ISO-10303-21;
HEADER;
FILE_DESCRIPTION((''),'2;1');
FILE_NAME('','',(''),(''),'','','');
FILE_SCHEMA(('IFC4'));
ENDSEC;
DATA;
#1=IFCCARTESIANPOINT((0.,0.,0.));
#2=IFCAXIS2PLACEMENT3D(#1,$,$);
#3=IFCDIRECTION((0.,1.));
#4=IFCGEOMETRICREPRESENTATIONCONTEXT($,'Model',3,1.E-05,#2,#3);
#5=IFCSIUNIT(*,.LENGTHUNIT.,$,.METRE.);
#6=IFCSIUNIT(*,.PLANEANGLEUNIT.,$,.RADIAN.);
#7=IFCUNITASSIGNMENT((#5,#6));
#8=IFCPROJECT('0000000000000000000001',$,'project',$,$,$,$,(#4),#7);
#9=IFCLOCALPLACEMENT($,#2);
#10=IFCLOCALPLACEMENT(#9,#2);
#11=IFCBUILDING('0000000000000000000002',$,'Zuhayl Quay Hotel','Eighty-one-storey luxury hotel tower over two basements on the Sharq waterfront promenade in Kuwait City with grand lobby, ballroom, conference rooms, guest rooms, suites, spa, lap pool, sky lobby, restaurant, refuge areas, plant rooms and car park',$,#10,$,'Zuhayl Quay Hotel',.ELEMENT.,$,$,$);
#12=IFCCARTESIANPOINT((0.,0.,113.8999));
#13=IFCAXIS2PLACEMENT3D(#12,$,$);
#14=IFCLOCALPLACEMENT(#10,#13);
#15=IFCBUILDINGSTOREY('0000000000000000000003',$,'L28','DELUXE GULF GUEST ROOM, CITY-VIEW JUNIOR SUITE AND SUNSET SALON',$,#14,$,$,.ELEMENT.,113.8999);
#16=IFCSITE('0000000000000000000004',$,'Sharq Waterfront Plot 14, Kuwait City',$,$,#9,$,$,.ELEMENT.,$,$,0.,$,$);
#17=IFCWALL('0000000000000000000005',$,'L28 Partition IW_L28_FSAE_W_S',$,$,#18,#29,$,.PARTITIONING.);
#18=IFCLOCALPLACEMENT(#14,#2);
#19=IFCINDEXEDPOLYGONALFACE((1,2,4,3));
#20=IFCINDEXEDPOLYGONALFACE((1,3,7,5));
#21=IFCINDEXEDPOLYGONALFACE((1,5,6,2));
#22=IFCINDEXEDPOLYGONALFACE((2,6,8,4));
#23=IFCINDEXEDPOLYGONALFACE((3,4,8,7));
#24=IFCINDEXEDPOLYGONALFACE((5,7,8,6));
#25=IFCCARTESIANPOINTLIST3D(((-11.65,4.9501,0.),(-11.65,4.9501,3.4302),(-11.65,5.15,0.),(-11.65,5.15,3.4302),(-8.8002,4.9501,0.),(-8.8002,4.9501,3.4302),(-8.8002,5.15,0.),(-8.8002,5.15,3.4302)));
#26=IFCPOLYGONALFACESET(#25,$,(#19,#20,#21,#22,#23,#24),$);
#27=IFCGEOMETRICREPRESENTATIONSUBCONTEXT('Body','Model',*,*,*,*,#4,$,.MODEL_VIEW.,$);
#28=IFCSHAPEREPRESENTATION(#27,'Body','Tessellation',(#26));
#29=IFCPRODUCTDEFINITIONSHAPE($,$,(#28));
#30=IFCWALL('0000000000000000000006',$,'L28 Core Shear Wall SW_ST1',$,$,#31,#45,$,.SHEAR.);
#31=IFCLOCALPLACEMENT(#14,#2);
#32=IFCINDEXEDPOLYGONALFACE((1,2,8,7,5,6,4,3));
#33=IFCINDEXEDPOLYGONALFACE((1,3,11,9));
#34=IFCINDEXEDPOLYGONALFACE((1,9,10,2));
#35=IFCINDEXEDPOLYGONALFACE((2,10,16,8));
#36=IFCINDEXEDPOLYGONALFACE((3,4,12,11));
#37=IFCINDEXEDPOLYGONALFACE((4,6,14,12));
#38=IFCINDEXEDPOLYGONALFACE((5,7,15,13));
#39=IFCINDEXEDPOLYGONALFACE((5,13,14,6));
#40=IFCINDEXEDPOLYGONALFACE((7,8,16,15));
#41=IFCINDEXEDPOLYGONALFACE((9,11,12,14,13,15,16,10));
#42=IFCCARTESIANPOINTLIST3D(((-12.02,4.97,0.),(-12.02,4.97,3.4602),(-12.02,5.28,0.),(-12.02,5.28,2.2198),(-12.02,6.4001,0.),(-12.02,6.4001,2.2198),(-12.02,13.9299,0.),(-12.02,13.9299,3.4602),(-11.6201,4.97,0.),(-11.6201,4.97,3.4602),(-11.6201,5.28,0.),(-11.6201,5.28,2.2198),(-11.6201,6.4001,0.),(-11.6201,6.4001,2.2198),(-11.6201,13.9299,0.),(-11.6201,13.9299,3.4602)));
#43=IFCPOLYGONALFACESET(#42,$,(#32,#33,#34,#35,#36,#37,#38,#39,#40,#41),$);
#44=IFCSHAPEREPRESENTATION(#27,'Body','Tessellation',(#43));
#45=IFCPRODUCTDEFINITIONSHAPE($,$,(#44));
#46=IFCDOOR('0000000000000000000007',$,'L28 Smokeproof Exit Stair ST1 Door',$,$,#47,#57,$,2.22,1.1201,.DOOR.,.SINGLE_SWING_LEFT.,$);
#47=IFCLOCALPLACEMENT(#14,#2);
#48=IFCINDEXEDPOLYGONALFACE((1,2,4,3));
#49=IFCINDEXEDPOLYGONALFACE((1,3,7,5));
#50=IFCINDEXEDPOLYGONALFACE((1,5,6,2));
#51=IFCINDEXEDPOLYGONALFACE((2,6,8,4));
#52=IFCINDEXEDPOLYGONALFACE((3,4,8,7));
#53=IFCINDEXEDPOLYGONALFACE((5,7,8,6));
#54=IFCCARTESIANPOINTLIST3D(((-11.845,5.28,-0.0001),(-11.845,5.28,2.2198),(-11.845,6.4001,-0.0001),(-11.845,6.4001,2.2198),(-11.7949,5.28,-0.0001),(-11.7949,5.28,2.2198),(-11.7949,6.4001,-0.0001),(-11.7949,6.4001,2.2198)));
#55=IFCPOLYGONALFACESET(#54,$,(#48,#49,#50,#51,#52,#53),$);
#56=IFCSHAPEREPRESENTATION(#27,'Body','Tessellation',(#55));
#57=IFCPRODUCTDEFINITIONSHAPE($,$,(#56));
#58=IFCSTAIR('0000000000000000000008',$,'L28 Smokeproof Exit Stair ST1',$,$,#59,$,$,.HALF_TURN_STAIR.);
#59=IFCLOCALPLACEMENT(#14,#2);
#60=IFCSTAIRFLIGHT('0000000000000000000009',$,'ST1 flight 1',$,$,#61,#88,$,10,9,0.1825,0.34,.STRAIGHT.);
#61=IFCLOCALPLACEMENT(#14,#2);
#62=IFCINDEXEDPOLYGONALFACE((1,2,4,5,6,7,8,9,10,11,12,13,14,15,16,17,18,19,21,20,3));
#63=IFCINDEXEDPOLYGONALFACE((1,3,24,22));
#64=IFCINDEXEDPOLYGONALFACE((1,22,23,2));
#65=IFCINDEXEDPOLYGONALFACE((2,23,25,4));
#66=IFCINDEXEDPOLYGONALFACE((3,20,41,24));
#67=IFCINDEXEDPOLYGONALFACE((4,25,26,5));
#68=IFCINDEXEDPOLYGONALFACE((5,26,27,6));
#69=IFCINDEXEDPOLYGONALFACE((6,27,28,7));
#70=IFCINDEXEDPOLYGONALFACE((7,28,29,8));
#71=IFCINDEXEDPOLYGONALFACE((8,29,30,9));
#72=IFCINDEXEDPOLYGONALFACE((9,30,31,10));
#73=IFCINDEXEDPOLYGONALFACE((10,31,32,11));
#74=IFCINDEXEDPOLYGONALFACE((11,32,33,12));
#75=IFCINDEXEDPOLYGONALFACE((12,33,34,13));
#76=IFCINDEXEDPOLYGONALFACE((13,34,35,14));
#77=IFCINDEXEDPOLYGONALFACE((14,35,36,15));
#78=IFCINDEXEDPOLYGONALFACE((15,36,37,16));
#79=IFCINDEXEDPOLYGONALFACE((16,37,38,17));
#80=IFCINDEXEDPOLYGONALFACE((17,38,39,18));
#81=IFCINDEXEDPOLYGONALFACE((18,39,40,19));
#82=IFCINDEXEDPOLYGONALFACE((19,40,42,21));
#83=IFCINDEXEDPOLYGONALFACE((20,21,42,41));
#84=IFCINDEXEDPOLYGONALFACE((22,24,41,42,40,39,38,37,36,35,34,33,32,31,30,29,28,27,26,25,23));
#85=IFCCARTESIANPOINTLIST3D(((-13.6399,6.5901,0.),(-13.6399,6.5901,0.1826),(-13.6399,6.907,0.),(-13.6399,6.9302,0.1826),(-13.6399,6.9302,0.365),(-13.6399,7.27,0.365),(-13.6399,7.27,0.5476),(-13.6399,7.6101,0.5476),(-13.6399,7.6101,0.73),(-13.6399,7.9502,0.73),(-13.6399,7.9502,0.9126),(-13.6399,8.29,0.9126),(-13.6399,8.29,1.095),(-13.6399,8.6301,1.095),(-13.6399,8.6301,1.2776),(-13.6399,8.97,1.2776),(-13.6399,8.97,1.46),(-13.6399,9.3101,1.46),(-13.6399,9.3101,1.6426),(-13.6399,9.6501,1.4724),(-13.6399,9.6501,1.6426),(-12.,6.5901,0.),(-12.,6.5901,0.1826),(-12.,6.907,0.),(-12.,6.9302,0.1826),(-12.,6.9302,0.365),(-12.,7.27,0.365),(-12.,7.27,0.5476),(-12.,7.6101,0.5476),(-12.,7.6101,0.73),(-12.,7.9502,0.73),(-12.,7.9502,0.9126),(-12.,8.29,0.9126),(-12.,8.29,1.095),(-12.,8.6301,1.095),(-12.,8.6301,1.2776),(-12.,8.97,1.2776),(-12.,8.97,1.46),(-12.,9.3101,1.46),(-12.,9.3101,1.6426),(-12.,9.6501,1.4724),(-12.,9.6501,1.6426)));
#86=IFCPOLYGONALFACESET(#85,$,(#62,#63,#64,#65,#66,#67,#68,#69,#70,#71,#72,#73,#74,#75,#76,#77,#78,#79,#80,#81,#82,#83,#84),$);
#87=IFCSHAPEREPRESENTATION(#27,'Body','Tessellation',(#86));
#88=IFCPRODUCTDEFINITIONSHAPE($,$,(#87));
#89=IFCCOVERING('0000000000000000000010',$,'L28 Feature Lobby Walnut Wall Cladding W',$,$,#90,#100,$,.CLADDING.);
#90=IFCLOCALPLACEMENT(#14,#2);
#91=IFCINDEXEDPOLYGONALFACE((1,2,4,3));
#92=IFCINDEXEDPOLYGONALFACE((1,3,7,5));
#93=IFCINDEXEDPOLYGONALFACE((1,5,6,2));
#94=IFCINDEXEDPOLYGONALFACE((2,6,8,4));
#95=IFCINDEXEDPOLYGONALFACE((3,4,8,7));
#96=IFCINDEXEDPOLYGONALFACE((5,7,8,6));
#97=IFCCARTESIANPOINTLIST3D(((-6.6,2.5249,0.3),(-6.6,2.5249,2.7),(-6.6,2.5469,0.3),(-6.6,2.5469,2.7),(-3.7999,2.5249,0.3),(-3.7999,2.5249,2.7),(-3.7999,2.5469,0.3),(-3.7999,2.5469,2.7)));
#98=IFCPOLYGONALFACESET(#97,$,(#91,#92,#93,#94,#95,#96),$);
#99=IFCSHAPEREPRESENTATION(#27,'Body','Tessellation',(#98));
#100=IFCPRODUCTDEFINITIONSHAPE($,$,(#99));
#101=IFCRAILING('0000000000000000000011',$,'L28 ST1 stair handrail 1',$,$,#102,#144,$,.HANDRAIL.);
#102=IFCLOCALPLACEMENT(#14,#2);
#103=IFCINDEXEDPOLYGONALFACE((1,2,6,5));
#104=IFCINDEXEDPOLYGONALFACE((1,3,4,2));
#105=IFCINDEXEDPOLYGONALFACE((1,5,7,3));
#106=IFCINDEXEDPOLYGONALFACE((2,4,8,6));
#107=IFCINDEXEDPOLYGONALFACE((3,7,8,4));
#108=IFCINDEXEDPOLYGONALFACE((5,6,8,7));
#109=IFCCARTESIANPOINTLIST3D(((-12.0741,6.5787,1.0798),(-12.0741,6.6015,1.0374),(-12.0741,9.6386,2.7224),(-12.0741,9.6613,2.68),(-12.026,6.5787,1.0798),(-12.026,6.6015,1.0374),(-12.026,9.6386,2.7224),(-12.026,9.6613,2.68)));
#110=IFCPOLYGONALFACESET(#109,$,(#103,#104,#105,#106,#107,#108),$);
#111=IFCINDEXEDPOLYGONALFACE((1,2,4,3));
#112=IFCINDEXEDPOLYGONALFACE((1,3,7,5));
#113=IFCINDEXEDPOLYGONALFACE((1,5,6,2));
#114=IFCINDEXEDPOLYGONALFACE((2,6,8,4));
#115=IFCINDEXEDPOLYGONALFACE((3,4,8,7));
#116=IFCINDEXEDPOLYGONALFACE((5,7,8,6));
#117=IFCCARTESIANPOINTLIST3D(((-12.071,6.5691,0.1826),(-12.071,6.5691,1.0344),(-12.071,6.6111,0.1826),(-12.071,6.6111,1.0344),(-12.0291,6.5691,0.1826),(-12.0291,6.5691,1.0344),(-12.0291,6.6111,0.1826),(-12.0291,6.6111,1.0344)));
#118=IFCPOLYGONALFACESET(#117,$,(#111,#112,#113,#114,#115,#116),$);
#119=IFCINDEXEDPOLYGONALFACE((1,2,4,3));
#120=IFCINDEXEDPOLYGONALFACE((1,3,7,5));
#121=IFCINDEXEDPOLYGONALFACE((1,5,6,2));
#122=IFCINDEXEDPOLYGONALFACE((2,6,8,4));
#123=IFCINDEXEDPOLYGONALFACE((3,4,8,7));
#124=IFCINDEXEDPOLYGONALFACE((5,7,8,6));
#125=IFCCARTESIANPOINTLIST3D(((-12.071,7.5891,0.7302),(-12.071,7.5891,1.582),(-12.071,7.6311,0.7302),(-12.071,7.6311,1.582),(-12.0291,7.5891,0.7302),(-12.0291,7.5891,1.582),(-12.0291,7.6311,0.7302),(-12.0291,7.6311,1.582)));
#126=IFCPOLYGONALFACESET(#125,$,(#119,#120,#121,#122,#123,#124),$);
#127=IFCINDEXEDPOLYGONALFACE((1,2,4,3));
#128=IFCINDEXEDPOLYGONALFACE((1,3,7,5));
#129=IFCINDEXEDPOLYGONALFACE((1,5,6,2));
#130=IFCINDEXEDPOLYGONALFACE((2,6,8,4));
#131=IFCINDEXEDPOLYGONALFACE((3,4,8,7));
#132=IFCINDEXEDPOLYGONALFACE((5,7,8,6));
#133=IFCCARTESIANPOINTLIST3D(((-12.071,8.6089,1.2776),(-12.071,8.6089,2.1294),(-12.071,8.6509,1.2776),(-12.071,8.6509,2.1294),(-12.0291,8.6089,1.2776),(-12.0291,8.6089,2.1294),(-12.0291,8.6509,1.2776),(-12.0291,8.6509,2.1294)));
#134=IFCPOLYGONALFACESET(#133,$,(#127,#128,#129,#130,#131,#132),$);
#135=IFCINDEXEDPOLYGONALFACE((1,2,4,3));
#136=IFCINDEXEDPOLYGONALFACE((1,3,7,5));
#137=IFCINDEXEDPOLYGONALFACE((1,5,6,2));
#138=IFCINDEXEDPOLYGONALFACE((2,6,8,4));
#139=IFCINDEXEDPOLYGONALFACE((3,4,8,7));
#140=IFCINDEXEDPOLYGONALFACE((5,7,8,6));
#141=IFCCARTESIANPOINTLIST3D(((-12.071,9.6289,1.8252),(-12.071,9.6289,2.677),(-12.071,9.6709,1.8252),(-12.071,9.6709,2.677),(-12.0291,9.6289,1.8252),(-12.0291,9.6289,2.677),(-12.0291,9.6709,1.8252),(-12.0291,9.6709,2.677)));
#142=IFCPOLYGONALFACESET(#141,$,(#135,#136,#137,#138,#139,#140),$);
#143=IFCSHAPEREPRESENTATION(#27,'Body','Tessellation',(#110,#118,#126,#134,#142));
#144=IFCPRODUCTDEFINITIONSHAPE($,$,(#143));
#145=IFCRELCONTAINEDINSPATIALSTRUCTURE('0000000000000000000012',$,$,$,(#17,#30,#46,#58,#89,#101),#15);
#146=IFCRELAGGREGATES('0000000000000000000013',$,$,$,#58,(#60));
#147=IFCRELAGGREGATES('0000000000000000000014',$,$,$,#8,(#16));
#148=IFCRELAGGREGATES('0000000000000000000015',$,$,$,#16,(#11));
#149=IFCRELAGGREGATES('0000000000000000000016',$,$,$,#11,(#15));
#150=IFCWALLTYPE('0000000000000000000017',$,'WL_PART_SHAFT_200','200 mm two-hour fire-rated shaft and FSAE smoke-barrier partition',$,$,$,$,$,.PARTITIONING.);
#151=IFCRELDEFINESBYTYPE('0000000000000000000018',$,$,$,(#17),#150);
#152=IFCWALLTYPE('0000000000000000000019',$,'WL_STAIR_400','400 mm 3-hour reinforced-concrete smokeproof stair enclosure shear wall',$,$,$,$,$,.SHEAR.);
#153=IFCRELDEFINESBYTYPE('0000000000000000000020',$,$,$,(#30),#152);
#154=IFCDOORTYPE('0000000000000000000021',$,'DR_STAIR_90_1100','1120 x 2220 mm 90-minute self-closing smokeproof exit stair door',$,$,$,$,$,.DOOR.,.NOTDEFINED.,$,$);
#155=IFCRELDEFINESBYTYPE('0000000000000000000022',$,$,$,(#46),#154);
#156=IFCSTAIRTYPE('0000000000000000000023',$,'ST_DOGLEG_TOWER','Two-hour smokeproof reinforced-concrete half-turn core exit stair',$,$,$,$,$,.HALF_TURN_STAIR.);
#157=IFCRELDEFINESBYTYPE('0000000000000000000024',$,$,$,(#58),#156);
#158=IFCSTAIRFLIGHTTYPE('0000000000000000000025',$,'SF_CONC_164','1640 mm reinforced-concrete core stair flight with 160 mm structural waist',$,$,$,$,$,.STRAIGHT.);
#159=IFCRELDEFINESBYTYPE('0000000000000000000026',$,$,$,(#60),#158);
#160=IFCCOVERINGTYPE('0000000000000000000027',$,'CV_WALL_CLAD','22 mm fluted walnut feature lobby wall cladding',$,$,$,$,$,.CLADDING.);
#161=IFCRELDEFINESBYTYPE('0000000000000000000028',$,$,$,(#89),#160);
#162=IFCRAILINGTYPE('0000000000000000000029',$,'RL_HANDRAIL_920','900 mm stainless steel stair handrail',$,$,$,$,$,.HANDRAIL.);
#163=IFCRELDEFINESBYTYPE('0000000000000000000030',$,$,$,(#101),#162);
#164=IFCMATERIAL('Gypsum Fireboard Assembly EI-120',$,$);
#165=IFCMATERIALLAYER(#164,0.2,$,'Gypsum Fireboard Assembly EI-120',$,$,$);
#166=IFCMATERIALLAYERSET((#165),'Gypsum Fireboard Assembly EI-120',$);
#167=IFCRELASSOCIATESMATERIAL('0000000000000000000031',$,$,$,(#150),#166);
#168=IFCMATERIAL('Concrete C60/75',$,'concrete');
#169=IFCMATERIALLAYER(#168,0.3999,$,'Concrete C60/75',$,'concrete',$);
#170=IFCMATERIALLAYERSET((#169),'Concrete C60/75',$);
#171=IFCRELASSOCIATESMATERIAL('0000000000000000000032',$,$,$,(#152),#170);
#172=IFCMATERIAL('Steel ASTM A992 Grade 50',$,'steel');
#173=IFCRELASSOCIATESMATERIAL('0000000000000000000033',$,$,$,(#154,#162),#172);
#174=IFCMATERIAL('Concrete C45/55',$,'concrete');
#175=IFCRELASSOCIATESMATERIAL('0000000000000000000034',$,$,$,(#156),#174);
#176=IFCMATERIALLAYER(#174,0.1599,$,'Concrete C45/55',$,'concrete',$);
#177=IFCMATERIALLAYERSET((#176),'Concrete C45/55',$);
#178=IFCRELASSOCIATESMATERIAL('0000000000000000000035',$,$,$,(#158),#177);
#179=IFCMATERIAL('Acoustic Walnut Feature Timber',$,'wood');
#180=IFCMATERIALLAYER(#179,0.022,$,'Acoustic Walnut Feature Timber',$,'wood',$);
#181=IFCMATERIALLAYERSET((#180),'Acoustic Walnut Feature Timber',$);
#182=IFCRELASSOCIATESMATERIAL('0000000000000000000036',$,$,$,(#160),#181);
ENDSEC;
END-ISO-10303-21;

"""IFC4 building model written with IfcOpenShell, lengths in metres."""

from ifc_helpers import new_model, si_unit, direction, frame, frame_2d, origin, origin_2d, place, context, subcontext, project, spatial, polyline, rectangle, outline, extrude, material, layer, layer_set, type_object, element, fill, aggregate, save


model = new_model("IFC4")

# Units and contexts
model_context = context("Model", 3, precision=1e-05, world=origin(), true_north=direction((0.0, 1.0)))
body_context = subcontext(model_context, "Body", "Model", "MODEL_VIEW")
ifc_project = project(units=[si_unit("LENGTHUNIT", "METRE"), si_unit("PLANEANGLEUNIT", "RADIAN")], contexts=[model_context])

# Site, building, storey
site_placement = place(None, origin())
site = spatial("IfcSite", under=ifc_project, at=site_placement, Name="Sharq Waterfront Plot 14, Kuwait City", CompositionType="ELEMENT", RefElevation=0.0)
building_placement = place(site_placement, origin())
building = spatial("IfcBuilding", under=site, at=building_placement, Name="Zuhayl Quay Hotel", Description="Eighty-one-storey luxury hotel tower over two basements on the Sharq waterfront promenade in Kuwait City with grand lobby, ballroom, conference rooms, guest rooms, suites, spa, lap pool, sky lobby, restaurant, refuge areas, plant rooms and car park", LongName="Zuhayl Quay Hotel", CompositionType="ELEMENT")
storey_placement = place(building_placement, frame((0.0, 0.0, 113.8999)))
storey = spatial("IfcBuildingStorey", under=building, at=storey_placement, Name="L28", Description="DELUXE GULF GUEST ROOM, CITY-VIEW JUNIOR SUITE AND SUNSET SALON", CompositionType="ELEMENT", Elevation=113.8999)

# Shared definitions
ifc_material_1 = material(Name="Concrete C60/75", Category="concrete")

# Shared definitions
ifc_material_2 = material(Name="Steel ASTM A992 Grade 50", Category="steel")

# Shared definitions
ifc_material_3 = material(Name="Gypsum Fireboard Assembly EI-120")
ifc_layer_1 = layer(ifc_material_3, 0.2, Name="Gypsum Fireboard Assembly EI-120")
ifc_layer_set_1 = layer_set([ifc_layer_1], Name="Gypsum Fireboard Assembly EI-120")
wall_type_1 = type_object("IfcWallType", Name="WL_PART_SHAFT_200", Description="200 mm two-hour fire-rated shaft and FSAE smoke-barrier partition", PredefinedType="PARTITIONING", material=ifc_layer_set_1)

# Wall
wall_1_placement = place(storey_placement, frame((-11.6499, 5.05, 0.0), z_axis=(0.0, 0.0, 1.0), x_axis=(1.0, 0.0, 0.0)))
element("IfcWall", 1, at=wall_1_placement, inside=storey, type_object=wall_type_1, Name="L28 Partition IW_L28_FSAE_W_S", PredefinedType="PARTITIONING", context=body_context, shape_type="SweptSolid", body=[
    extrude(rectangle(XDim=2.8499, YDim=0.2, at=frame_2d((1.4248, 0.0))), origin(), (0.0, 0.0, 1.0), 3.4302),
])

# Wall, opening, door
ifc_layer_2 = layer(ifc_material_1, 0.3999, Name="Concrete C60/75", Category="concrete")
ifc_layer_set_2 = layer_set([ifc_layer_2], Name="Concrete C60/75")
wall_type_2 = type_object("IfcWallType", Name="WL_STAIR_400", Description="400 mm 3-hour reinforced-concrete smokeproof stair enclosure shear wall", PredefinedType="SHEAR", material=ifc_layer_set_2)
wall_2_placement = place(storey_placement, frame((-11.8201, 4.97, 0.0), z_axis=(0.0, 0.0, 1.0), x_axis=(0.0, 1.0, 0.0)))
wall_2 = element("IfcWall", 2, at=wall_2_placement, inside=storey, type_object=wall_type_2, Name="L28 Core Shear Wall SW_ST1", PredefinedType="SHEAR", context=body_context, shape_type="SweptSolid", body=[
    extrude(rectangle(XDim=8.96, YDim=0.3999, at=frame_2d((4.48, 0.0))), origin(), (0.0, 0.0, 1.0), 3.4602),
])
opening_1_placement = place(wall_2_placement, frame((0.3101, 0.0, 0.0)))
opening_1 = element("IfcOpeningElement", 3, at=opening_1_placement, cuts=wall_2, PredefinedType="OPENING", context=body_context, shape_type="SweptSolid", body=[
    extrude(rectangle(XDim=1.1201, YDim=2.22, at=frame_2d((0.5601, 1.1099))), frame((0.0, 0.21, 0.0), z_axis=(0.0, -1.0, 0.0), x_axis=(1.0, 0.0, 0.0)), (0.0, 0.0, 1.0), 0.4199),
])
door_type_1 = type_object("IfcDoorType", Name="DR_STAIR_90_1100", Description="1120 x 2220 mm 90-minute self-closing smokeproof exit stair door", OperationType="NOTDEFINED", PredefinedType="DOOR", material=ifc_material_2)
door_1_placement = place(opening_1_placement, origin())
door_1 = element("IfcDoor", 4, at=door_1_placement, inside=storey, type_object=door_type_1, Name="L28 Smokeproof Exit Stair ST1 Door", OperationType="SINGLE_SWING_LEFT", OverallHeight=2.22, OverallWidth=1.1201, PredefinedType="DOOR", context=body_context, shape_type="SweptSolid", body=[
    extrude(rectangle(XDim=1.1201, YDim=2.22, at=frame_2d((0.5601, 1.1099))), frame((0.0, 0.0249, 0.0), z_axis=(0.0, -1.0, 0.0), x_axis=(1.0, 0.0, 0.0)), (0.0, 0.0, 1.0), 0.05),
])
fill(opening_1, door_1)

# Stair, stair flight
ifc_material_4 = material(Name="Concrete C45/55", Category="concrete")
stair_type = type_object("IfcStairType", Name="ST_DOGLEG_TOWER", Description="Two-hour smokeproof reinforced-concrete half-turn core exit stair", PredefinedType="HALF_TURN_STAIR", material=ifc_material_4)
stair_placement = place(storey_placement, origin())
stair = element("IfcStair", 5, at=stair_placement, inside=storey, type_object=stair_type, Name="L28 Smokeproof Exit Stair ST1", PredefinedType="HALF_TURN_STAIR")
ifc_layer_3 = layer(ifc_material_4, 0.1599, Name="Concrete C45/55", Category="concrete")
ifc_layer_set_3 = layer_set([ifc_layer_3], Name="Concrete C45/55")
stair_flight_type = type_object("IfcStairFlightType", Name="SF_CONC_164", Description="1640 mm reinforced-concrete core stair flight with 160 mm structural waist", PredefinedType="STRAIGHT", material=ifc_layer_set_3)
stair_flight_placement = place(storey_placement, frame((-12.8201, 6.5901, 0.0), z_axis=(0.0, 0.0, 1.0), x_axis=(0.0, 1.0, 0.0)))
stair_flight = element("IfcStairFlight", 6, at=stair_flight_placement, type_object=stair_flight_type, Name="ST1 flight 1", NumberOfRisers=10, NumberOfTreads=9, PredefinedType="STRAIGHT", RiserHeight=0.1825, TreadLength=0.34, context=body_context, shape_type="SweptSolid", body=[
    extrude(outline(polyline([(0.0, 0.0), (0.0, 0.1826), (0.3401, 0.1826), (0.3401, 0.365), (0.6799, 0.365), (0.6799, 0.5476), (1.02, 0.5476), (1.02, 0.73), (1.3601, 0.73), (1.3601, 0.9126), (1.7, 0.9126), (1.7, 1.095), (2.04, 1.095), (2.04, 1.2776), (2.3799, 1.2776), (2.3799, 1.46), (2.72, 1.46), (2.72, 1.6426), (3.0601, 1.6426), (3.0601, 1.825), (3.0601, 1.4724), (0.3169, 0.0), (0.0, 0.0)])), frame((0.0, 0.8198, 0.0), z_axis=(0.0, -1.0, 0.0), x_axis=(1.0, 0.0, 0.0)), (0.0, 0.0, 1.0), 1.6399),
])
aggregate(stair, [stair_flight])

# Covering
ifc_material_5 = material(Name="Acoustic Walnut Feature Timber", Category="wood")
ifc_layer_4 = layer(ifc_material_5, 0.022, Name="Acoustic Walnut Feature Timber", Category="wood")
ifc_layer_set_4 = layer_set([ifc_layer_4], Name="Acoustic Walnut Feature Timber")
covering_type = type_object("IfcCoveringType", Name="CV_WALL_CLAD", Description="22 mm fluted walnut feature lobby wall cladding", PredefinedType="CLADDING", material=ifc_layer_set_4)
covering_placement = place(storey_placement, frame((-5.2, 2.5359, 0.3), z_axis=(0.0, 0.0, 1.0), x_axis=(1.0, 0.0, 0.0)))
element("IfcCovering", 7, at=covering_placement, inside=storey, type_object=covering_type, Name="L28 Feature Lobby Walnut Wall Cladding W", PredefinedType="CLADDING", context=body_context, shape_type="SweptSolid", body=[
    extrude(rectangle(XDim=2.8, YDim=0.022, at=origin_2d()), origin(), (0.0, 0.0, 1.0), 2.3999),
])

# Railing
railing_type = type_object("IfcRailingType", Name="RL_HANDRAIL_920", Description="900 mm stainless steel stair handrail", PredefinedType="HANDRAIL", material=ifc_material_2)
railing_placement = place(storey_placement, frame((-12.05, 6.5901, 0.1826)))
element("IfcRailing", 8, at=railing_placement, inside=storey, type_object=railing_type, Name="L28 ST1 stair handrail 1", PredefinedType="HANDRAIL", context=body_context, shape_type="SweptSolid", body=[
    extrude(rectangle(XDim=0.0481, YDim=0.0481, at=origin_2d()), frame((0.0, 0.0, 0.876), z_axis=(0.0, 0.881073, 0.47298), x_axis=(-1.0, 0.0, 0.0)), (0.0, 0.0, 1.0), 3.4729),
    extrude(rectangle(XDim=0.042, YDim=0.042, at=origin_2d()), origin(), (0.0, 0.0, 1.0), 0.8518),
    extrude(rectangle(XDim=0.042, YDim=0.042, at=origin_2d()), frame((0.0, 1.02, 0.5476)), (0.0, 0.0, 1.0), 0.8518),
    extrude(rectangle(XDim=0.042, YDim=0.042, at=origin_2d()), frame((0.0, 2.0398, 1.095)), (0.0, 0.0, 1.0), 0.8518),
    extrude(rectangle(XDim=0.042, YDim=0.042, at=origin_2d()), frame((0.0, 3.0598, 1.6426)), (0.0, 0.0, 1.0), 0.8518),
])

save(model, "model.ifc")
